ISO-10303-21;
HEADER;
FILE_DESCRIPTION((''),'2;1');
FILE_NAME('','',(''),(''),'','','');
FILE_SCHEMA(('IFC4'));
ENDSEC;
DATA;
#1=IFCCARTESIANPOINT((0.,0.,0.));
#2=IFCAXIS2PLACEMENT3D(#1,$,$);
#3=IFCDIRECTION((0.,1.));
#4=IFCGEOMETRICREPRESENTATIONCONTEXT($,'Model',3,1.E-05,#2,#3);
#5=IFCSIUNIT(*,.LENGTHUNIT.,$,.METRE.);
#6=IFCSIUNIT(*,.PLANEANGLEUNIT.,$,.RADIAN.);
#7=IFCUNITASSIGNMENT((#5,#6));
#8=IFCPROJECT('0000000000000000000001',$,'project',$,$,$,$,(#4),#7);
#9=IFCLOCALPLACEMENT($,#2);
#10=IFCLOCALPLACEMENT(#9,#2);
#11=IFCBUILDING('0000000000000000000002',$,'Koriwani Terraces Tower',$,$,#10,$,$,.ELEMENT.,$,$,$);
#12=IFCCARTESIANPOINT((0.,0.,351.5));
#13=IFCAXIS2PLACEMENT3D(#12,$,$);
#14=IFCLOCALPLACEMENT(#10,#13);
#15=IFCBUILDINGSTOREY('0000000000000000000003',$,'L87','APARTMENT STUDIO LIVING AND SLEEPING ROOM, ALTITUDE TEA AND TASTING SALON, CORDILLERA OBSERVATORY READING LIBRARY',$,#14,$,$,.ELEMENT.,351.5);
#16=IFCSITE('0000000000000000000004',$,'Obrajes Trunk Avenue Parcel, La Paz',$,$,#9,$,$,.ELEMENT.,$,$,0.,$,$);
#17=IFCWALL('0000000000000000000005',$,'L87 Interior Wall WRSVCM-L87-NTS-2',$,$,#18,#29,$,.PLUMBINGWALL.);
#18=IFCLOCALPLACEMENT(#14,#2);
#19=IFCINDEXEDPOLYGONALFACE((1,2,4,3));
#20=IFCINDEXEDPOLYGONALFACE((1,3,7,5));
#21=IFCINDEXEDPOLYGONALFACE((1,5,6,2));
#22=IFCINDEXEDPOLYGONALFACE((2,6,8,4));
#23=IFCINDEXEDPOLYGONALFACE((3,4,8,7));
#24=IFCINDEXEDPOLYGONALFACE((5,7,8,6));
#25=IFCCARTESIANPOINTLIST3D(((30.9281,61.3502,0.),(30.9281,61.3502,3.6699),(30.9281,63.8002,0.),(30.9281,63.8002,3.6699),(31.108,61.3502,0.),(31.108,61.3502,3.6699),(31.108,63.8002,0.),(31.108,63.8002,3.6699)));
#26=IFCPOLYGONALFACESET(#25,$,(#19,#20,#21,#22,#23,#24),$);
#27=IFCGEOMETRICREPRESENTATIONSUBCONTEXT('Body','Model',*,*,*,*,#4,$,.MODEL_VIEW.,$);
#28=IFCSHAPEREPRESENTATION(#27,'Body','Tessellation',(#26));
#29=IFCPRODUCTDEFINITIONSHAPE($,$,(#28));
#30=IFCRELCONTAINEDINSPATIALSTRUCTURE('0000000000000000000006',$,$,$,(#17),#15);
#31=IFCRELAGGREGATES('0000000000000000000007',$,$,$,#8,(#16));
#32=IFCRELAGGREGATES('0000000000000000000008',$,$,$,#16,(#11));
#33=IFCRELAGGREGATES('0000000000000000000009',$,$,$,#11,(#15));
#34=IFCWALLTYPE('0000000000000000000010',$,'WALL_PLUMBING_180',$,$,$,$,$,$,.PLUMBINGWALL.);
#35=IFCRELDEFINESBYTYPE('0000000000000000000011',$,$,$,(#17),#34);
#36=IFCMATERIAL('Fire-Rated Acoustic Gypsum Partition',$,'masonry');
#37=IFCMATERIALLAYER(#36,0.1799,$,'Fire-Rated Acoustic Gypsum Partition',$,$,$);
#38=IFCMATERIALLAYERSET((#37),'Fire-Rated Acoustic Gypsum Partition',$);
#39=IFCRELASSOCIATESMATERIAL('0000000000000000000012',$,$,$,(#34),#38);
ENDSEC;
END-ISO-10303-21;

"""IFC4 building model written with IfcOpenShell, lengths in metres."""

from ifc_helpers import new_model, si_unit, direction, frame, frame_2d, origin, place, context, subcontext, project, spatial, rectangle, extrude, material, layer, layer_set, type_object, element, save


model = new_model("IFC4")

# Units and contexts
model_context = context("Model", 3, precision=1e-05, world=origin(), true_north=direction((0.0, 1.0)))
body_context = subcontext(model_context, "Body", "Model", "MODEL_VIEW")
ifc_project = project(units=[si_unit("LENGTHUNIT", "METRE"), si_unit("PLANEANGLEUNIT", "RADIAN")], contexts=[model_context])

# Site, building, storey
site_placement = place(None, origin())
site = spatial("IfcSite", under=ifc_project, at=site_placement, Name="Obrajes Trunk Avenue Parcel, La Paz", CompositionType="ELEMENT", RefElevation=0.0)
building_placement = place(site_placement, origin())
building = spatial("IfcBuilding", under=site, at=building_placement, Name="Koriwani Terraces Tower", CompositionType="ELEMENT")
storey_placement = place(building_placement, frame((0.0, 0.0, 351.5)))
storey = spatial("IfcBuildingStorey", under=building, at=storey_placement, Name="L87", Description="APARTMENT STUDIO LIVING AND SLEEPING ROOM, ALTITUDE TEA AND TASTING SALON, CORDILLERA OBSERVATORY READING LIBRARY", CompositionType="ELEMENT", Elevation=351.5)

# Shared definitions
ifc_material_1 = material(Name="Fire-Rated Acoustic Gypsum Partition", Category="masonry")
ifc_layer_1 = layer(ifc_material_1, 0.1799, Name="Fire-Rated Acoustic Gypsum Partition")
ifc_layer_set_1 = layer_set([ifc_layer_1], Name="Fire-Rated Acoustic Gypsum Partition")
wall_type_1 = type_object("IfcWallType", Name="WALL_PLUMBING_180", PredefinedType="PLUMBINGWALL", material=ifc_layer_set_1)

# Wall
for number, where, z_axis, x_axis, name in (
    (1, (31.0181, 61.3501, 0.0), (0.0, 0.0, 1.0), (0.0, 1.0, 0.0), "L87 Interior Wall WRSVCM-L87-NTS-2"),
):
    element("IfcWall", number, at=place(storey_placement, frame(where, z_axis=z_axis, x_axis=x_axis)), inside=storey, type_object=wall_type_1, Name=name, PredefinedType="PLUMBINGWALL", context=body_context, shape_type="SweptSolid", body=[
        extrude(rectangle(XDim=2.45, YDim=0.1799, at=frame_2d((1.2251, 0.0))), origin(), (0.0, 0.0, 1.0), 3.6699),
    ])

save(model, "model.ifc")
